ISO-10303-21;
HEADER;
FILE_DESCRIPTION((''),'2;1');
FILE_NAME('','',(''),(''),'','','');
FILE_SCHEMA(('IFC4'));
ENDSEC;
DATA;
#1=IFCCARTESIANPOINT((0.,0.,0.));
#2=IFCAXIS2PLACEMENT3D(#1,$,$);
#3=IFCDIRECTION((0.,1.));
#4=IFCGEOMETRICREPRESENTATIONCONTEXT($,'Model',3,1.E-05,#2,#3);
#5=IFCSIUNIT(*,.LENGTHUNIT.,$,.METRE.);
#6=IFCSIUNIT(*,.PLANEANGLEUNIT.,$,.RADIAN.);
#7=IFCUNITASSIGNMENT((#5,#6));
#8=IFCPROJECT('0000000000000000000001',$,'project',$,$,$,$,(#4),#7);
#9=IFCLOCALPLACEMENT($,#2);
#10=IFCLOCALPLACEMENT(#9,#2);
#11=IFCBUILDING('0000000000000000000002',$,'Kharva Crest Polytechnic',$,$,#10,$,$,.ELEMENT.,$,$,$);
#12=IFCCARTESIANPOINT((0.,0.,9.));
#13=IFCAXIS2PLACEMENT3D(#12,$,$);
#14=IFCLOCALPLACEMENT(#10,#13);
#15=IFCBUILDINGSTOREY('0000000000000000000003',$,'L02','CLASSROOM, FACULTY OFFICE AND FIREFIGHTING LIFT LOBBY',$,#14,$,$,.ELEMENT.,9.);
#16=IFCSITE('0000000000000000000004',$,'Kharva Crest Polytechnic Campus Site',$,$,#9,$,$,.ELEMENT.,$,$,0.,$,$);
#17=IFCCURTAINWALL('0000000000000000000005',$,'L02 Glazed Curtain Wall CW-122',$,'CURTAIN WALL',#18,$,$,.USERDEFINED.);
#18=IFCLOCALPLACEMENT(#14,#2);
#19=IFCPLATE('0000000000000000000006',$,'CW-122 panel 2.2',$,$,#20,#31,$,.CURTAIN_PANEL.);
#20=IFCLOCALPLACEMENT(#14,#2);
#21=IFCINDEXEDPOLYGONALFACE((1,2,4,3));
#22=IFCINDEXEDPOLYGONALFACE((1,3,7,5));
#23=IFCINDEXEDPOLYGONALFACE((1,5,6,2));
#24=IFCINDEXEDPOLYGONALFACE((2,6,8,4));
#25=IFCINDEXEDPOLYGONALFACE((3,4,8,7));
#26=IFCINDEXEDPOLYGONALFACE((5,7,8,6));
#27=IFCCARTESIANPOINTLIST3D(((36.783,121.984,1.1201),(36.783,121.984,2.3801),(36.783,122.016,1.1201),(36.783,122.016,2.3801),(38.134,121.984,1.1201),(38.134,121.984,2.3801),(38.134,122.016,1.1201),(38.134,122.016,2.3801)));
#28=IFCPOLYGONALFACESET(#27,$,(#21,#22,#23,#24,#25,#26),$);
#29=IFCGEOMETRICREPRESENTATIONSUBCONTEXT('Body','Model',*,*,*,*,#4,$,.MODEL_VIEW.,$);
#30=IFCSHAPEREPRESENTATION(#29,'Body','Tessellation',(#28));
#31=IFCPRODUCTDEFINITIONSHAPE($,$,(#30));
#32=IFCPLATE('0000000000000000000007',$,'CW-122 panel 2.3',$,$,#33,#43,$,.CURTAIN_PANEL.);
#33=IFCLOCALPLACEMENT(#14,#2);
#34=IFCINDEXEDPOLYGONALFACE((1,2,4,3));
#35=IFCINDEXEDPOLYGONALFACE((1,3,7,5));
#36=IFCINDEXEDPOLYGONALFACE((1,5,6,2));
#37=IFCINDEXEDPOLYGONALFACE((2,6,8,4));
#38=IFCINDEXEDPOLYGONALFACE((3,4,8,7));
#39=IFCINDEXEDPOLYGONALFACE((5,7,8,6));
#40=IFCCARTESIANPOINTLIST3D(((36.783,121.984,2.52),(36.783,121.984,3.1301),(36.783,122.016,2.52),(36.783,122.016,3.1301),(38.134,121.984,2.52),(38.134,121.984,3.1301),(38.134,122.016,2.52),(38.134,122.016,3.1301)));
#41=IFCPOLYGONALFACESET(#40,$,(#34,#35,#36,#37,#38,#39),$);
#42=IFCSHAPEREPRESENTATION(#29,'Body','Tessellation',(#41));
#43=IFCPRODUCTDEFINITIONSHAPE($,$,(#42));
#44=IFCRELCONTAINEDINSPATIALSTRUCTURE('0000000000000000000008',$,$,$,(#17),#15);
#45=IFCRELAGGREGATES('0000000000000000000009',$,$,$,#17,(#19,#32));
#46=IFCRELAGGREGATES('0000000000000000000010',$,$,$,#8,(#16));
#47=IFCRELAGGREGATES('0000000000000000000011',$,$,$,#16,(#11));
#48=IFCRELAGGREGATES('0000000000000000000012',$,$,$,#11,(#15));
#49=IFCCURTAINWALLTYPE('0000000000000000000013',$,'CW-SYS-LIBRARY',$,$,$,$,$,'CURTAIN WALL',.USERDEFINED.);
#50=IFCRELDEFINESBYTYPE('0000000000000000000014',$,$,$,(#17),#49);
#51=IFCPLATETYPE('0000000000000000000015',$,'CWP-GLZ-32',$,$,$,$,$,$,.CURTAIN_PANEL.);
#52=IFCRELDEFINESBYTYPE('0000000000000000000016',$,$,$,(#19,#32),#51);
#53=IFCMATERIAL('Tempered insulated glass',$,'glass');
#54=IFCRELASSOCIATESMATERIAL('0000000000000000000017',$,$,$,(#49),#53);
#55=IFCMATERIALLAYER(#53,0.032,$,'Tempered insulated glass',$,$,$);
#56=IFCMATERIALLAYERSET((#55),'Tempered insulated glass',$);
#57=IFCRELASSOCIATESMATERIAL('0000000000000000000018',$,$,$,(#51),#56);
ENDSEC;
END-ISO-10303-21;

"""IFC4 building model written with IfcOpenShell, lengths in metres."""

from ifc_helpers import new_model, si_unit, direction, frame, origin, origin_2d, place, context, subcontext, project, spatial, rectangle, extrude, material, layer, layer_set, type_object, element, aggregate, save


model = new_model("IFC4")

# Units and contexts
model_context = context("Model", 3, precision=1e-05, world=origin(), true_north=direction((0.0, 1.0)))
body_context = subcontext(model_context, "Body", "Model", "MODEL_VIEW")
ifc_project = project(units=[si_unit("LENGTHUNIT", "METRE"), si_unit("PLANEANGLEUNIT", "RADIAN")], contexts=[model_context])

# Site, building, storey
site_placement = place(None, origin())
site = spatial("IfcSite", under=ifc_project, at=site_placement, Name="Kharva Crest Polytechnic Campus Site", CompositionType="ELEMENT", RefElevation=0.0)
building_placement = place(site_placement, origin())
building = spatial("IfcBuilding", under=site, at=building_placement, Name="Kharva Crest Polytechnic", CompositionType="ELEMENT")
storey_placement = place(building_placement, frame((0.0, 0.0, 9.0)))
storey = spatial("IfcBuildingStorey", under=building, at=storey_placement, Name="L02", Description="CLASSROOM, FACULTY OFFICE AND FIREFIGHTING LIFT LOBBY", CompositionType="ELEMENT", Elevation=9.0)

# Curtain wall
ifc_material_1 = material(Name="Tempered insulated glass", Category="glass")
curtain_wall_type = type_object("IfcCurtainWallType", Name="CW-SYS-LIBRARY", ElementType="CURTAIN WALL", PredefinedType="USERDEFINED", material=ifc_material_1)
curtain_wall_1_placement = place(storey_placement, origin())
curtain_wall_1 = element("IfcCurtainWall", 1, at=curtain_wall_1_placement, inside=storey, type_object=curtain_wall_type, Name="L02 Glazed Curtain Wall CW-122", ObjectType="CURTAIN WALL", PredefinedType="USERDEFINED")

# Plates
ifc_layer = layer(ifc_material_1, 0.032, Name="Tempered insulated glass")
ifc_layer_set = layer_set([ifc_layer], Name="Tempered insulated glass")
plate_type = type_object("IfcPlateType", Name="CWP-GLZ-32", PredefinedType="CURTAIN_PANEL", material=ifc_layer_set)
plate_1_placement = place(storey_placement, frame((37.4585, 122.0, 1.1201), z_axis=(0.0, 0.0, 1.0), x_axis=(-1.0, 0.0, 0.0)))
plate_1 = element("IfcPlate", 2, at=plate_1_placement, type_object=plate_type, Name="CW-122 panel 2.2", PredefinedType="CURTAIN_PANEL", context=body_context, shape_type="SweptSolid", body=[
    extrude(rectangle(XDim=1.3511, YDim=0.032, at=origin_2d()), origin(), (0.0, 0.0, 1.0), 1.26),
])
plate_2_placement = place(storey_placement, frame((37.4585, 122.0, 2.52), z_axis=(0.0, 0.0, 1.0), x_axis=(-1.0, 0.0, 0.0)))
plate_2 = element("IfcPlate", 3, at=plate_2_placement, type_object=plate_type, Name="CW-122 panel 2.3", PredefinedType="CURTAIN_PANEL", context=body_context, shape_type="SweptSolid", body=[
    extrude(rectangle(XDim=1.3511, YDim=0.032, at=origin_2d()), origin(), (0.0, 0.0, 1.0), 0.6101),
])
aggregate(curtain_wall_1, [plate_1, plate_2])

save(model, "model.ifc")
